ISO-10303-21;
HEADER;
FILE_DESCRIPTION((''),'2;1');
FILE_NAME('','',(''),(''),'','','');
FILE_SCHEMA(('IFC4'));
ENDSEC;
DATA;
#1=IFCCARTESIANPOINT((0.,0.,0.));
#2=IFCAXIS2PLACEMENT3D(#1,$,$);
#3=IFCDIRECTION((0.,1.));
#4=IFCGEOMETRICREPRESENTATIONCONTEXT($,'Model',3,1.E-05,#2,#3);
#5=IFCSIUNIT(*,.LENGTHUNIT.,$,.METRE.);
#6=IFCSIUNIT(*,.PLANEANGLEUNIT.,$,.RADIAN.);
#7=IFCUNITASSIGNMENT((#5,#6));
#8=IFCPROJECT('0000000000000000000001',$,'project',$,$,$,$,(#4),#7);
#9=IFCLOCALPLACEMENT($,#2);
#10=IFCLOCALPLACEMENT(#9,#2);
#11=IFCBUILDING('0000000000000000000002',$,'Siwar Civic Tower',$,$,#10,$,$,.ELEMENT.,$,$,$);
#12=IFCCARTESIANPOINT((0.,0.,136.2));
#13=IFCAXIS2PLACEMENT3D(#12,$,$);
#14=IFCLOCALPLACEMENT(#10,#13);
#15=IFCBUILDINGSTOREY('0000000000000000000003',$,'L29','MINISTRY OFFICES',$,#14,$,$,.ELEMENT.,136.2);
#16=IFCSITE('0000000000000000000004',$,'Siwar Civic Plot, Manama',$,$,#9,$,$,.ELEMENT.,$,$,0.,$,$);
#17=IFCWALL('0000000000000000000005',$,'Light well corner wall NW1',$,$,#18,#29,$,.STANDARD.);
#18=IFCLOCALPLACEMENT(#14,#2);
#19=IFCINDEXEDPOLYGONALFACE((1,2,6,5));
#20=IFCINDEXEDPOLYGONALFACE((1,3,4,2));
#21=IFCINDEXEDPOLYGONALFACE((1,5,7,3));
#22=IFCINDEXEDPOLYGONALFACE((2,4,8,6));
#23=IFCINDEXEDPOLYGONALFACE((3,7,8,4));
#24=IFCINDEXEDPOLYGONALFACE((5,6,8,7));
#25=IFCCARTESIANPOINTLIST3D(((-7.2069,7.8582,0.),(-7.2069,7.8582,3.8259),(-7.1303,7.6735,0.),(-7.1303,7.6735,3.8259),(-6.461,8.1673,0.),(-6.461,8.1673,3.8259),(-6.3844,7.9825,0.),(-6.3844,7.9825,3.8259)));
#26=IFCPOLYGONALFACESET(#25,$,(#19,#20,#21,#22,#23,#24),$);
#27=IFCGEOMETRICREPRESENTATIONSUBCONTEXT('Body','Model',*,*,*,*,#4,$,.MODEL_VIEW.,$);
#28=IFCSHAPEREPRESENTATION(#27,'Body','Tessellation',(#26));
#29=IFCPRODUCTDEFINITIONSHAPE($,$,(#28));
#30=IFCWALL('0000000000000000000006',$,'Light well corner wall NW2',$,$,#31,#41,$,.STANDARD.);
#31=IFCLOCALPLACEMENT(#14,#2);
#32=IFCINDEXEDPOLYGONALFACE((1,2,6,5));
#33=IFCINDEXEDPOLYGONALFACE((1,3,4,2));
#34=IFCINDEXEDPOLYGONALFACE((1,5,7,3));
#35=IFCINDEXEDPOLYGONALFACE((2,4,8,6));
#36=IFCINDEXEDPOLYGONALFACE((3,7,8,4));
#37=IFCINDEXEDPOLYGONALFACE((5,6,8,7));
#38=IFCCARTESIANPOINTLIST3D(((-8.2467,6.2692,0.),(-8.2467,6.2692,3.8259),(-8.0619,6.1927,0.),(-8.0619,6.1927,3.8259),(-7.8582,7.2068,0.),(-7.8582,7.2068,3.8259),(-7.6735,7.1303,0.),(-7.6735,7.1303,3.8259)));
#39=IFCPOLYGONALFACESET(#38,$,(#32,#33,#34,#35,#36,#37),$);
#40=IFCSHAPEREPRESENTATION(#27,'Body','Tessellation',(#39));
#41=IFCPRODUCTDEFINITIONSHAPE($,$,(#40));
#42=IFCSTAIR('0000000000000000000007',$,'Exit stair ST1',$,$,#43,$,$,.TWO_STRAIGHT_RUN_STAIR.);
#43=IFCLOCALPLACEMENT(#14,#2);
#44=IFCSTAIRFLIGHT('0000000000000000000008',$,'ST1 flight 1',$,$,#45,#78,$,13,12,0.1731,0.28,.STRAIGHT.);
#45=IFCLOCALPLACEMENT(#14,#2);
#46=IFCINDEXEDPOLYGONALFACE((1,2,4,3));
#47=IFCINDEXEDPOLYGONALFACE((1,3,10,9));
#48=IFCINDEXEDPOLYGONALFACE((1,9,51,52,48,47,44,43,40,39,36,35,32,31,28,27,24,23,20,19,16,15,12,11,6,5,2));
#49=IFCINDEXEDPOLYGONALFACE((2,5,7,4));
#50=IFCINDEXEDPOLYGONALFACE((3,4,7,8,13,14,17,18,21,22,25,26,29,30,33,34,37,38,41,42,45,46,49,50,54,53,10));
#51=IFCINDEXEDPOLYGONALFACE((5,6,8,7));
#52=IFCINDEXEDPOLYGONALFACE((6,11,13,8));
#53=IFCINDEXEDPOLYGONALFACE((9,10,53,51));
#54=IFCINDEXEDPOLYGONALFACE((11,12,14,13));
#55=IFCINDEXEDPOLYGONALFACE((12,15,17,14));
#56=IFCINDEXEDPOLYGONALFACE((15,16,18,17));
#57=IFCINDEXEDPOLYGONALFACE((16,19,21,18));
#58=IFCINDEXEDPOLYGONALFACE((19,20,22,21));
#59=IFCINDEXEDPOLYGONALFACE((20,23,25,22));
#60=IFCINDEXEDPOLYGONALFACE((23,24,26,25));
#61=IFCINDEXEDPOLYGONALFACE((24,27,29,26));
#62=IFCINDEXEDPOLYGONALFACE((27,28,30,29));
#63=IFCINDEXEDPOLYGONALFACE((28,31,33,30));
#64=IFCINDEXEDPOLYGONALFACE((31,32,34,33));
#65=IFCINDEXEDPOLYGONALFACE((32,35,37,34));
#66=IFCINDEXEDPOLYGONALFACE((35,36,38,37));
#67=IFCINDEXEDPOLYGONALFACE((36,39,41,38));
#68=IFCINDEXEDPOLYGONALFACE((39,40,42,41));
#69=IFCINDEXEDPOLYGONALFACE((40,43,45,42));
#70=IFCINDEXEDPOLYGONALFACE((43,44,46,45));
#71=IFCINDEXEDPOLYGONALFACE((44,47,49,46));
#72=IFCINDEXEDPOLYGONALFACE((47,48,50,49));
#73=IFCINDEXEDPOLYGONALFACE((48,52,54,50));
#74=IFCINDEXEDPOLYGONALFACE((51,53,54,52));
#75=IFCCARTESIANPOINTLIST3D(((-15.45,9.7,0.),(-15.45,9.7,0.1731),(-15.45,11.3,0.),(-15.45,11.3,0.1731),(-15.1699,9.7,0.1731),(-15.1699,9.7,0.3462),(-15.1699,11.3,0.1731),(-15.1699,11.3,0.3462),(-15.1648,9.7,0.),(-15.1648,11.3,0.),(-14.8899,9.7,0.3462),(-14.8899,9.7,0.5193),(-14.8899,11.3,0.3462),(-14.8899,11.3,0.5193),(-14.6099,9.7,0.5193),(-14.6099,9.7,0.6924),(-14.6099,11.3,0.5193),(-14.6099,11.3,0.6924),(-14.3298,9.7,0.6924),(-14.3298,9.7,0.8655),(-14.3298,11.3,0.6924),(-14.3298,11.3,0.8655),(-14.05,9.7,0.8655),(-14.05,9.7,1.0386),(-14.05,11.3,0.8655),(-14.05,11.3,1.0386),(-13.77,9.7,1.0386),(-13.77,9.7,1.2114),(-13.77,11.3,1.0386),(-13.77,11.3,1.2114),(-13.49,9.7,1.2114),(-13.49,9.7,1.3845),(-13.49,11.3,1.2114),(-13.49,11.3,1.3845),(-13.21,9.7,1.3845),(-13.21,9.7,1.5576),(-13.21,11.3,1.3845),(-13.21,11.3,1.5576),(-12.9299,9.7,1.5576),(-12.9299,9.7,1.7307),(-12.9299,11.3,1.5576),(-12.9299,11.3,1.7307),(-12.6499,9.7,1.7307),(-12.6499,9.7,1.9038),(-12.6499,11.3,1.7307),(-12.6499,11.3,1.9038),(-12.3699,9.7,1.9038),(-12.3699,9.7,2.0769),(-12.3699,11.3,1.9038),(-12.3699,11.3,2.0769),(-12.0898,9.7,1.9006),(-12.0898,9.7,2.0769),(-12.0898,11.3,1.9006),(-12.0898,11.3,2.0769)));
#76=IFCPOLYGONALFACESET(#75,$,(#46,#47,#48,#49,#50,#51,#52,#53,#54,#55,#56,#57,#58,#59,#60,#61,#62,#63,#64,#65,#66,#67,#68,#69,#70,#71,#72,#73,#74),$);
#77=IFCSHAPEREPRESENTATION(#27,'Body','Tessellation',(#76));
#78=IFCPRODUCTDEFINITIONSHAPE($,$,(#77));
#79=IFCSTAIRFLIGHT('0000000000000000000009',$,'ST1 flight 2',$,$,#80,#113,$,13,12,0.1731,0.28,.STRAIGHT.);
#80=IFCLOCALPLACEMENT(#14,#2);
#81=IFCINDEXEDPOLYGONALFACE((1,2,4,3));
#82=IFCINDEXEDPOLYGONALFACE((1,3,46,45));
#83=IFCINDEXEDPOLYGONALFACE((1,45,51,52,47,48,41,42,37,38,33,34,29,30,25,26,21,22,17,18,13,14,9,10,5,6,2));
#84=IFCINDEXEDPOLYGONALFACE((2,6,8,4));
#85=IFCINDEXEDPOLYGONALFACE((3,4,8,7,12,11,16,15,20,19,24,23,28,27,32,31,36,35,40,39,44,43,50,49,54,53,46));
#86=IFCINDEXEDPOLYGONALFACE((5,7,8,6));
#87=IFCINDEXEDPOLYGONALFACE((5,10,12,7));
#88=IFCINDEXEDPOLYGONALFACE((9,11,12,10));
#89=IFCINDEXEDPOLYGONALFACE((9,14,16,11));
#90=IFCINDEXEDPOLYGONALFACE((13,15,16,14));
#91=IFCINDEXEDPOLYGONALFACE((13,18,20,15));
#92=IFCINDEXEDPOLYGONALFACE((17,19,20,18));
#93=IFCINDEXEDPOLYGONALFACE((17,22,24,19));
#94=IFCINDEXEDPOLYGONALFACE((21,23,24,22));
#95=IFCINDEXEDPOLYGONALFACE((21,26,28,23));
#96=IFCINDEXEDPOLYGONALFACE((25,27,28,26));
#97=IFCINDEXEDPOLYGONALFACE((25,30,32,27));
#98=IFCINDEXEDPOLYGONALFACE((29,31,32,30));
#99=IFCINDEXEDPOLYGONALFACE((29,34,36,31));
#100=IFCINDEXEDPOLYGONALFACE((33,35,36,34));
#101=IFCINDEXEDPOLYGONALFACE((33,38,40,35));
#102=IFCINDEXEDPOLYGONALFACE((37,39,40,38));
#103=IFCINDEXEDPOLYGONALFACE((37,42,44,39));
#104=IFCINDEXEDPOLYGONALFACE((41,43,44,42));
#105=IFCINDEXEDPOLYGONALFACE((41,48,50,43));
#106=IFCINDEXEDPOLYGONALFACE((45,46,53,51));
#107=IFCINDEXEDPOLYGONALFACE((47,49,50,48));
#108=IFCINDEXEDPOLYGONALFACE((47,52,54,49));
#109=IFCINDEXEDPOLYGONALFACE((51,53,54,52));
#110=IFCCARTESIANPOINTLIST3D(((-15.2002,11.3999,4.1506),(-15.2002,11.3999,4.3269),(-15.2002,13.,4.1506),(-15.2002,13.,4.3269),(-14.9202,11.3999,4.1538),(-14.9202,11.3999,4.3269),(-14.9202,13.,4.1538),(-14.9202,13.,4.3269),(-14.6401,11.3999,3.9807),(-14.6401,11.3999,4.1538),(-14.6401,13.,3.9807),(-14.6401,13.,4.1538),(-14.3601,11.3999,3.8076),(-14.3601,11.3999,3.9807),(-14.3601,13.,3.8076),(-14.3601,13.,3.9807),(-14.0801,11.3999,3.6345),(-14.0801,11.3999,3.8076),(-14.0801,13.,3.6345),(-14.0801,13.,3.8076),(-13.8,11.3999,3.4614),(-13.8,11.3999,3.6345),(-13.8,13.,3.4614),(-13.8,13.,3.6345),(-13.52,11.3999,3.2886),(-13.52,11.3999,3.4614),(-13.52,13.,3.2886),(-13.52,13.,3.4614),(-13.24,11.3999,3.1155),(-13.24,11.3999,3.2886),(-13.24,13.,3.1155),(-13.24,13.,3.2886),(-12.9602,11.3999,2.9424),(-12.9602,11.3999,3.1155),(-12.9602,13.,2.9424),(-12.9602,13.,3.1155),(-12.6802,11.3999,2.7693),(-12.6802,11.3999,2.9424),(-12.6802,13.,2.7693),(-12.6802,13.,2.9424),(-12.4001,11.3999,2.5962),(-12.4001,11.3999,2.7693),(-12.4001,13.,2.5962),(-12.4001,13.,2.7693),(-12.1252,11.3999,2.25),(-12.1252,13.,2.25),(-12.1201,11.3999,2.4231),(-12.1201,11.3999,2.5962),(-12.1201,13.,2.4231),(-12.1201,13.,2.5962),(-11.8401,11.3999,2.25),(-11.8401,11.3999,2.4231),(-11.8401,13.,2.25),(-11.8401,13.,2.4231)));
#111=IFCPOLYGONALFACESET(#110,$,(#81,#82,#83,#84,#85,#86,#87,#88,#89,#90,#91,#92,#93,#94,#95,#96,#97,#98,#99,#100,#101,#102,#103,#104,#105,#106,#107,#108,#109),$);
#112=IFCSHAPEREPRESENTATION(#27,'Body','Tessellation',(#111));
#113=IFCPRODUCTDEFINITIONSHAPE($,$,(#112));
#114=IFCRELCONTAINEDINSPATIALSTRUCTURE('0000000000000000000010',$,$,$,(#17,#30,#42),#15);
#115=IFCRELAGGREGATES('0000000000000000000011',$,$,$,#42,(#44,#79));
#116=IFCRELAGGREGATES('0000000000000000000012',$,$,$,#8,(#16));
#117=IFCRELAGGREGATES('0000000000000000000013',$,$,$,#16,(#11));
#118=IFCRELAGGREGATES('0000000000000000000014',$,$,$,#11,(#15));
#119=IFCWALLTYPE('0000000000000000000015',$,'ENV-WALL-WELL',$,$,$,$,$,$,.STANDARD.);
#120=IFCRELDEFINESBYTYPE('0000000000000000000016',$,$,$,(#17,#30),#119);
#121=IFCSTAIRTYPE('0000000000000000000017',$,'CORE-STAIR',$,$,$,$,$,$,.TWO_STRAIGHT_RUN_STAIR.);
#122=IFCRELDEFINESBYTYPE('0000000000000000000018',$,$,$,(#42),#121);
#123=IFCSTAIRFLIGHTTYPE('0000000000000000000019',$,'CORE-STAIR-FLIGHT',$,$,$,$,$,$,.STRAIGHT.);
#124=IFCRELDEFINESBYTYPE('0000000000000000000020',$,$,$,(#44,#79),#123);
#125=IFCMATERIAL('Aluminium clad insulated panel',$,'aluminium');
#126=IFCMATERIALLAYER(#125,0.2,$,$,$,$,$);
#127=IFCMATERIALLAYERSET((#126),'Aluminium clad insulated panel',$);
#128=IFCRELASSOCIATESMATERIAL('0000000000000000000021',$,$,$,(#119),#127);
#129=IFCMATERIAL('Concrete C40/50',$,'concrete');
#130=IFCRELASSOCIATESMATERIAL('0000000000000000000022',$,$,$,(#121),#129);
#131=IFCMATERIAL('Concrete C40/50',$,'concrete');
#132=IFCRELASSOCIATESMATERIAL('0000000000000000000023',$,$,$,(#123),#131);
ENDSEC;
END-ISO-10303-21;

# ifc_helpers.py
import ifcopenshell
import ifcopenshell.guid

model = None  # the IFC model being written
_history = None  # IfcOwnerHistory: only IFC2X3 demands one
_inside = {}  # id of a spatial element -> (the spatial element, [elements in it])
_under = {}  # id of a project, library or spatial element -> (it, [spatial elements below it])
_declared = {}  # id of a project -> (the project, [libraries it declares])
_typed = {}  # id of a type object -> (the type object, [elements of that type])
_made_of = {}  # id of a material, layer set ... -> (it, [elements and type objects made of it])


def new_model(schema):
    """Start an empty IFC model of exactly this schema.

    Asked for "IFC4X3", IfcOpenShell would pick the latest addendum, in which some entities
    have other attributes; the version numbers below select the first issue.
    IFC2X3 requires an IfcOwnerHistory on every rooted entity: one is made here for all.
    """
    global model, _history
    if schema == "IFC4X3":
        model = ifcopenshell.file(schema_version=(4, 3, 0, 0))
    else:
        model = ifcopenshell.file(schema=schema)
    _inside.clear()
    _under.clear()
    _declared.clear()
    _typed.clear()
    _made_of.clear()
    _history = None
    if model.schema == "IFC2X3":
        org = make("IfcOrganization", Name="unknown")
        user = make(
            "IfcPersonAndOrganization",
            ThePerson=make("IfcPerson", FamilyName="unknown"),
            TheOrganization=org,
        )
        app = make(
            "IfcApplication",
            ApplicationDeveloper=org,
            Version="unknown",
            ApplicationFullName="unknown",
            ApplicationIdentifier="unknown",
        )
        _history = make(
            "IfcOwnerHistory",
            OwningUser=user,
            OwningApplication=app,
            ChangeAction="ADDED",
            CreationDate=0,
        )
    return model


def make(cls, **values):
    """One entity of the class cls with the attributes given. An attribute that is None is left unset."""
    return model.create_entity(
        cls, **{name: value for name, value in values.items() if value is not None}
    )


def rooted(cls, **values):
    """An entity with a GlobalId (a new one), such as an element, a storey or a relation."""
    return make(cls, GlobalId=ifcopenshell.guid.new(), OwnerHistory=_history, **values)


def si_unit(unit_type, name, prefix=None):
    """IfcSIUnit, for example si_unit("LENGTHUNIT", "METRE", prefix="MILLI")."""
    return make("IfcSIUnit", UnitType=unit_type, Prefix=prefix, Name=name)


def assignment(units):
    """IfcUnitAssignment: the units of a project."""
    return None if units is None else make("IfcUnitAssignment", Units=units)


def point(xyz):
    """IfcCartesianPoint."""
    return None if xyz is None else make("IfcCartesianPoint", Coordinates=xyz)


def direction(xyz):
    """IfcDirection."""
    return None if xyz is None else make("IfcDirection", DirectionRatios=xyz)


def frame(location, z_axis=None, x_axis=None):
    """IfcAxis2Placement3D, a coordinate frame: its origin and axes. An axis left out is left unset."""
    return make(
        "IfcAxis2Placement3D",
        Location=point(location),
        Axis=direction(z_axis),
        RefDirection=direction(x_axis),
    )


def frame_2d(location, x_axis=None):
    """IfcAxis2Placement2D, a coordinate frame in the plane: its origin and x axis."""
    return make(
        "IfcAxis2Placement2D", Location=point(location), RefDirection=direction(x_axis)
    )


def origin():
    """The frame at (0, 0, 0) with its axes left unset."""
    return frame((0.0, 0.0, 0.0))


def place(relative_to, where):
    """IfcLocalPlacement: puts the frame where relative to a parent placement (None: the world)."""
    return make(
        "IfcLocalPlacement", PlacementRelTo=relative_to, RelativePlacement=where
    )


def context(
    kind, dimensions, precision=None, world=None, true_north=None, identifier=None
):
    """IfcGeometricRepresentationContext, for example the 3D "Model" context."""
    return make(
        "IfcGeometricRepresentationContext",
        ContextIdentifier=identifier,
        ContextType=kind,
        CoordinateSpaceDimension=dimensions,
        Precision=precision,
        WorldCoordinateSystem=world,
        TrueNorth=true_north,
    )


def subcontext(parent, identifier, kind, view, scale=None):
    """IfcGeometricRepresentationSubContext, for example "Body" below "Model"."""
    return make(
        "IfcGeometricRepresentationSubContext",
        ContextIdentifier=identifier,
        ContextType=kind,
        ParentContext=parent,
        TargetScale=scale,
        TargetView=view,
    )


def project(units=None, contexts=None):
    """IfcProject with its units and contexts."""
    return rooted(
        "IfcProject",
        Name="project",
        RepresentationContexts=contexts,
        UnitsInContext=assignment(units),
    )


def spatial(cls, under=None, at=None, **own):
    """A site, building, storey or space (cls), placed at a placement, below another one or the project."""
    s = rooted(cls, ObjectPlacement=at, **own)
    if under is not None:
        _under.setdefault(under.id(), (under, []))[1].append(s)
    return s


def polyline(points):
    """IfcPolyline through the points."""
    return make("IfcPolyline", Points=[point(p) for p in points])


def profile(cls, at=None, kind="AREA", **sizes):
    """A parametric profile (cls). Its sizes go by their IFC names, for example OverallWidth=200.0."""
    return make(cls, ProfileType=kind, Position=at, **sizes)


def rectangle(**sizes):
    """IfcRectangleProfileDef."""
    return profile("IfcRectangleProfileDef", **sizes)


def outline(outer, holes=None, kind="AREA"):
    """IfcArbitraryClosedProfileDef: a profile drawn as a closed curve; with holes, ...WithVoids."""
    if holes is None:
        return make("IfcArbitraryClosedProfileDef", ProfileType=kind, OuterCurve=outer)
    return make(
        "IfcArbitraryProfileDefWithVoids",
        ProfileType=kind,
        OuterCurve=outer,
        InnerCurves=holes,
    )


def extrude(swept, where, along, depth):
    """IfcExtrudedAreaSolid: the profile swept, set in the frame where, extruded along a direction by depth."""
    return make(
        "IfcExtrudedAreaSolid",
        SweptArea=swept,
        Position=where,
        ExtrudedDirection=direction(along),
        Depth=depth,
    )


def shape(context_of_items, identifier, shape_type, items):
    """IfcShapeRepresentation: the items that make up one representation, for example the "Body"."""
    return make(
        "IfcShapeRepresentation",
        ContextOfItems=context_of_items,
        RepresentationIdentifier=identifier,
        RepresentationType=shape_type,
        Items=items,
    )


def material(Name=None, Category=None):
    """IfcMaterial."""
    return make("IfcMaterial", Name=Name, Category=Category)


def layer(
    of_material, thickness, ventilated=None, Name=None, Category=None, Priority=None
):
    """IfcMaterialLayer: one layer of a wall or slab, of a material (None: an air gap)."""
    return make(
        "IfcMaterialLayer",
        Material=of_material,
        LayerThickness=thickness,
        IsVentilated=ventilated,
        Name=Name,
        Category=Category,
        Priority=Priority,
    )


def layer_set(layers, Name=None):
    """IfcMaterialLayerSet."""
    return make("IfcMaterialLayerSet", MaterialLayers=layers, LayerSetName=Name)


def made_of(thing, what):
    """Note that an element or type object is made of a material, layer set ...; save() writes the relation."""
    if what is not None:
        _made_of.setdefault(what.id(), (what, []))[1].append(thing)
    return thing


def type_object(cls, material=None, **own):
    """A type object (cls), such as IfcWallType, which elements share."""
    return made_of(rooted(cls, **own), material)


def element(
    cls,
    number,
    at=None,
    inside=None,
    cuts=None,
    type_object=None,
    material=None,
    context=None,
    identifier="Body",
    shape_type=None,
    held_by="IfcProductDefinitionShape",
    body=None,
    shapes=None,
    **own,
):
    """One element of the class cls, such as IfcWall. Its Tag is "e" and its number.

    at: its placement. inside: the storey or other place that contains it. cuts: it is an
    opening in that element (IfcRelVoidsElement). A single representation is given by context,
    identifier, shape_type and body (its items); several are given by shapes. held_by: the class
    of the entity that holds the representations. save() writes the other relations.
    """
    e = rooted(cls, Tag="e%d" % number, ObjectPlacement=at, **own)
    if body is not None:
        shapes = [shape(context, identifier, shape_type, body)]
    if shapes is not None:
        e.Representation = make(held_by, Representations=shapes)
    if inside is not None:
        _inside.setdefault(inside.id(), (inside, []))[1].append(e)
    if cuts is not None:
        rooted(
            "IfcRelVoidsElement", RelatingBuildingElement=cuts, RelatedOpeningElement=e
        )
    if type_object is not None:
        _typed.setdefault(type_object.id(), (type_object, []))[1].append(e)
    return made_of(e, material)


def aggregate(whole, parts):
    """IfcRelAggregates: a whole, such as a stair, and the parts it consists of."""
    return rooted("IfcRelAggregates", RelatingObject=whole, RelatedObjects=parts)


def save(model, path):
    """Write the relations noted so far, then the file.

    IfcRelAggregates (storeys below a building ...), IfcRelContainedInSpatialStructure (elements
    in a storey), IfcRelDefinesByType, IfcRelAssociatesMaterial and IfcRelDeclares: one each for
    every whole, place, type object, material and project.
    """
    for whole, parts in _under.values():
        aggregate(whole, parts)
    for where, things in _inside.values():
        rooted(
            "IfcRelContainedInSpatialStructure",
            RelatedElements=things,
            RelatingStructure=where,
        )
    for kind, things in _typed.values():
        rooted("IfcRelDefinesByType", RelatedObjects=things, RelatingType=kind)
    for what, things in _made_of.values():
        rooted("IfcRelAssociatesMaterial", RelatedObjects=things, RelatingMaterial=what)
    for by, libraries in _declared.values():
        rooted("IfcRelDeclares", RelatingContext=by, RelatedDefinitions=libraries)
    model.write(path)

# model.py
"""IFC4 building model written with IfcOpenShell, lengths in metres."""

from ifc_helpers import new_model, si_unit, direction, frame, frame_2d, origin, place, context, subcontext, project, spatial, polyline, rectangle, outline, extrude, material, layer, layer_set, type_object, element, aggregate, save


model = new_model("IFC4")

# Units and contexts
model_context = context("Model", 3, precision=1e-05, world=origin(), true_north=direction((0.0, 1.0)))
body_context = subcontext(model_context, "Body", "Model", "MODEL_VIEW")
ifc_project = project(units=[si_unit("LENGTHUNIT", "METRE"), si_unit("PLANEANGLEUNIT", "RADIAN")], contexts=[model_context])

# Site, building, storey
site_placement = place(None, origin())
site = spatial("IfcSite", under=ifc_project, at=site_placement, Name="Siwar Civic Plot, Manama", CompositionType="ELEMENT", RefElevation=0.0)
building_placement = place(site_placement, origin())
building = spatial("IfcBuilding", under=site, at=building_placement, Name="Siwar Civic Tower", CompositionType="ELEMENT")
storey_placement = place(building_placement, frame((0.0, 0.0, 136.2)))
storey = spatial("IfcBuildingStorey", under=building, at=storey_placement, Name="L29", Description="MINISTRY OFFICES", CompositionType="ELEMENT", Elevation=136.2)

# Walls
ifc_material_1 = material(Name="Aluminium clad insulated panel", Category="aluminium")
ifc_layer_1 = layer(ifc_material_1, 0.2)
ifc_layer_set_1 = layer_set([ifc_layer_1], Name="Aluminium clad insulated panel")
wall_type_1 = type_object("IfcWallType", Name="ENV-WALL-WELL", PredefinedType="STANDARD", material=ifc_layer_set_1)
wall_1_placement = place(storey_placement, frame((-6.4226, 8.075, 0.0), z_axis=(0.0, 0.0, 1.0), x_axis=(-0.923818, -0.382833, 0.0)))
element("IfcWall", 1, at=wall_1_placement, inside=storey, type_object=wall_type_1, Name="Light well corner wall NW1", PredefinedType="STANDARD", context=body_context, shape_type="SweptSolid", body=[
    extrude(rectangle(XDim=0.8074, YDim=0.2, at=frame_2d((0.4038, 0.0))), origin(), (0.0, 0.0, 1.0), 3.8259),
])
wall_2_placement = place(storey_placement, frame((-7.7659, 7.1685, 0.0), z_axis=(0.0, 0.0, 1.0), x_axis=(-0.38277, -0.923844, 0.0)))
element("IfcWall", 2, at=wall_2_placement, inside=storey, type_object=wall_type_1, Name="Light well corner wall NW2", PredefinedType="STANDARD", context=body_context, shape_type="SweptSolid", body=[
    extrude(rectangle(XDim=1.0149, YDim=0.2, at=frame_2d((0.5073, 0.0))), origin(), (0.0, 0.0, 1.0), 3.8259),
])

# Stair, stair flights
ifc_material_2 = material(Name="Concrete C40/50", Category="concrete")
stair_type = type_object("IfcStairType", Name="CORE-STAIR", PredefinedType="TWO_STRAIGHT_RUN_STAIR", material=ifc_material_2)
stair_placement = place(storey_placement, origin())
stair = element("IfcStair", 3, at=stair_placement, inside=storey, type_object=stair_type, Name="Exit stair ST1", PredefinedType="TWO_STRAIGHT_RUN_STAIR")
ifc_material_3 = material(Name="Concrete C40/50", Category="concrete")
stair_flight_type = type_object("IfcStairFlightType", Name="CORE-STAIR-FLIGHT", PredefinedType="STRAIGHT", material=ifc_material_3)
stair_flight_1_placement = place(storey_placement, frame((-15.45, 10.5, 0.0), z_axis=(0.0, 0.0, 1.0), x_axis=(1.0, 0.0, 0.0)))
stair_flight_1 = element("IfcStairFlight", 4, at=stair_flight_1_placement, type_object=stair_flight_type, Name="ST1 flight 1", NumberOfRisers=13, NumberOfTreads=12, PredefinedType="STRAIGHT", RiserHeight=0.1731, TreadLength=0.28, context=body_context, shape_type="SweptSolid", body=[
    extrude(outline(polyline([(0.0, 0.0), (0.0, 0.1731), (0.28, 0.1731), (0.28, 0.3462), (0.5601, 0.3462), (0.5601, 0.5193), (0.8401, 0.5193), (0.8401, 0.6924), (1.1201, 0.6924), (1.1201, 0.8655), (1.3999, 0.8655), (1.3999, 1.0386), (1.6799, 1.0386), (1.6799, 1.2114), (1.96, 1.2114), (1.96, 1.3845), (2.24, 1.3845), (2.24, 1.5576), (2.52, 1.5576), (2.52, 1.7307), (2.8, 1.7307), (2.8, 1.9038), (3.0801, 1.9038), (3.0801, 2.0769), (3.3601, 2.0769), (3.3601, 2.25), (3.3601, 1.9006), (0.2852, 0.0), (0.0, 0.0)])), frame((0.0, 0.8, 0.0), z_axis=(0.0, -1.0, 0.0), x_axis=(1.0, 0.0, 0.0)), (0.0, 0.0, 1.0), 1.6001),
])
stair_flight_2_placement = place(storey_placement, frame((-11.8401, 12.2, 2.25), z_axis=(0.0, 0.0, 1.0), x_axis=(-1.0, 0.0, 0.0)))
stair_flight_2 = element("IfcStairFlight", 5, at=stair_flight_2_placement, type_object=stair_flight_type, Name="ST1 flight 2", NumberOfRisers=13, NumberOfTreads=12, PredefinedType="STRAIGHT", RiserHeight=0.1731, TreadLength=0.28, context=body_context, shape_type="SweptSolid", body=[
    extrude(outline(polyline([(0.0, 0.0), (0.0, 0.1731), (0.28, 0.1731), (0.28, 0.3462), (0.5601, 0.3462), (0.5601, 0.5193), (0.8401, 0.5193), (0.8401, 0.6924), (1.1201, 0.6924), (1.1201, 0.8655), (1.3999, 0.8655), (1.3999, 1.0386), (1.6799, 1.0386), (1.6799, 1.2114), (1.96, 1.2114), (1.96, 1.3845), (2.24, 1.3845), (2.24, 1.5576), (2.52, 1.5576), (2.52, 1.7307), (2.8, 1.7307), (2.8, 1.9038), (3.0801, 1.9038), (3.0801, 2.0769), (3.3601, 2.0769), (3.3601, 2.25), (3.3601, 1.9006), (0.2852, 0.0), (0.0, 0.0)])), frame((0.0, 0.8, 0.0), z_axis=(0.0, -1.0, 0.0), x_axis=(1.0, 0.0, 0.0)), (0.0, 0.0, 1.0), 1.6001),
])
aggregate(stair, [stair_flight_1, stair_flight_2])

save(model, "model.ifc")
